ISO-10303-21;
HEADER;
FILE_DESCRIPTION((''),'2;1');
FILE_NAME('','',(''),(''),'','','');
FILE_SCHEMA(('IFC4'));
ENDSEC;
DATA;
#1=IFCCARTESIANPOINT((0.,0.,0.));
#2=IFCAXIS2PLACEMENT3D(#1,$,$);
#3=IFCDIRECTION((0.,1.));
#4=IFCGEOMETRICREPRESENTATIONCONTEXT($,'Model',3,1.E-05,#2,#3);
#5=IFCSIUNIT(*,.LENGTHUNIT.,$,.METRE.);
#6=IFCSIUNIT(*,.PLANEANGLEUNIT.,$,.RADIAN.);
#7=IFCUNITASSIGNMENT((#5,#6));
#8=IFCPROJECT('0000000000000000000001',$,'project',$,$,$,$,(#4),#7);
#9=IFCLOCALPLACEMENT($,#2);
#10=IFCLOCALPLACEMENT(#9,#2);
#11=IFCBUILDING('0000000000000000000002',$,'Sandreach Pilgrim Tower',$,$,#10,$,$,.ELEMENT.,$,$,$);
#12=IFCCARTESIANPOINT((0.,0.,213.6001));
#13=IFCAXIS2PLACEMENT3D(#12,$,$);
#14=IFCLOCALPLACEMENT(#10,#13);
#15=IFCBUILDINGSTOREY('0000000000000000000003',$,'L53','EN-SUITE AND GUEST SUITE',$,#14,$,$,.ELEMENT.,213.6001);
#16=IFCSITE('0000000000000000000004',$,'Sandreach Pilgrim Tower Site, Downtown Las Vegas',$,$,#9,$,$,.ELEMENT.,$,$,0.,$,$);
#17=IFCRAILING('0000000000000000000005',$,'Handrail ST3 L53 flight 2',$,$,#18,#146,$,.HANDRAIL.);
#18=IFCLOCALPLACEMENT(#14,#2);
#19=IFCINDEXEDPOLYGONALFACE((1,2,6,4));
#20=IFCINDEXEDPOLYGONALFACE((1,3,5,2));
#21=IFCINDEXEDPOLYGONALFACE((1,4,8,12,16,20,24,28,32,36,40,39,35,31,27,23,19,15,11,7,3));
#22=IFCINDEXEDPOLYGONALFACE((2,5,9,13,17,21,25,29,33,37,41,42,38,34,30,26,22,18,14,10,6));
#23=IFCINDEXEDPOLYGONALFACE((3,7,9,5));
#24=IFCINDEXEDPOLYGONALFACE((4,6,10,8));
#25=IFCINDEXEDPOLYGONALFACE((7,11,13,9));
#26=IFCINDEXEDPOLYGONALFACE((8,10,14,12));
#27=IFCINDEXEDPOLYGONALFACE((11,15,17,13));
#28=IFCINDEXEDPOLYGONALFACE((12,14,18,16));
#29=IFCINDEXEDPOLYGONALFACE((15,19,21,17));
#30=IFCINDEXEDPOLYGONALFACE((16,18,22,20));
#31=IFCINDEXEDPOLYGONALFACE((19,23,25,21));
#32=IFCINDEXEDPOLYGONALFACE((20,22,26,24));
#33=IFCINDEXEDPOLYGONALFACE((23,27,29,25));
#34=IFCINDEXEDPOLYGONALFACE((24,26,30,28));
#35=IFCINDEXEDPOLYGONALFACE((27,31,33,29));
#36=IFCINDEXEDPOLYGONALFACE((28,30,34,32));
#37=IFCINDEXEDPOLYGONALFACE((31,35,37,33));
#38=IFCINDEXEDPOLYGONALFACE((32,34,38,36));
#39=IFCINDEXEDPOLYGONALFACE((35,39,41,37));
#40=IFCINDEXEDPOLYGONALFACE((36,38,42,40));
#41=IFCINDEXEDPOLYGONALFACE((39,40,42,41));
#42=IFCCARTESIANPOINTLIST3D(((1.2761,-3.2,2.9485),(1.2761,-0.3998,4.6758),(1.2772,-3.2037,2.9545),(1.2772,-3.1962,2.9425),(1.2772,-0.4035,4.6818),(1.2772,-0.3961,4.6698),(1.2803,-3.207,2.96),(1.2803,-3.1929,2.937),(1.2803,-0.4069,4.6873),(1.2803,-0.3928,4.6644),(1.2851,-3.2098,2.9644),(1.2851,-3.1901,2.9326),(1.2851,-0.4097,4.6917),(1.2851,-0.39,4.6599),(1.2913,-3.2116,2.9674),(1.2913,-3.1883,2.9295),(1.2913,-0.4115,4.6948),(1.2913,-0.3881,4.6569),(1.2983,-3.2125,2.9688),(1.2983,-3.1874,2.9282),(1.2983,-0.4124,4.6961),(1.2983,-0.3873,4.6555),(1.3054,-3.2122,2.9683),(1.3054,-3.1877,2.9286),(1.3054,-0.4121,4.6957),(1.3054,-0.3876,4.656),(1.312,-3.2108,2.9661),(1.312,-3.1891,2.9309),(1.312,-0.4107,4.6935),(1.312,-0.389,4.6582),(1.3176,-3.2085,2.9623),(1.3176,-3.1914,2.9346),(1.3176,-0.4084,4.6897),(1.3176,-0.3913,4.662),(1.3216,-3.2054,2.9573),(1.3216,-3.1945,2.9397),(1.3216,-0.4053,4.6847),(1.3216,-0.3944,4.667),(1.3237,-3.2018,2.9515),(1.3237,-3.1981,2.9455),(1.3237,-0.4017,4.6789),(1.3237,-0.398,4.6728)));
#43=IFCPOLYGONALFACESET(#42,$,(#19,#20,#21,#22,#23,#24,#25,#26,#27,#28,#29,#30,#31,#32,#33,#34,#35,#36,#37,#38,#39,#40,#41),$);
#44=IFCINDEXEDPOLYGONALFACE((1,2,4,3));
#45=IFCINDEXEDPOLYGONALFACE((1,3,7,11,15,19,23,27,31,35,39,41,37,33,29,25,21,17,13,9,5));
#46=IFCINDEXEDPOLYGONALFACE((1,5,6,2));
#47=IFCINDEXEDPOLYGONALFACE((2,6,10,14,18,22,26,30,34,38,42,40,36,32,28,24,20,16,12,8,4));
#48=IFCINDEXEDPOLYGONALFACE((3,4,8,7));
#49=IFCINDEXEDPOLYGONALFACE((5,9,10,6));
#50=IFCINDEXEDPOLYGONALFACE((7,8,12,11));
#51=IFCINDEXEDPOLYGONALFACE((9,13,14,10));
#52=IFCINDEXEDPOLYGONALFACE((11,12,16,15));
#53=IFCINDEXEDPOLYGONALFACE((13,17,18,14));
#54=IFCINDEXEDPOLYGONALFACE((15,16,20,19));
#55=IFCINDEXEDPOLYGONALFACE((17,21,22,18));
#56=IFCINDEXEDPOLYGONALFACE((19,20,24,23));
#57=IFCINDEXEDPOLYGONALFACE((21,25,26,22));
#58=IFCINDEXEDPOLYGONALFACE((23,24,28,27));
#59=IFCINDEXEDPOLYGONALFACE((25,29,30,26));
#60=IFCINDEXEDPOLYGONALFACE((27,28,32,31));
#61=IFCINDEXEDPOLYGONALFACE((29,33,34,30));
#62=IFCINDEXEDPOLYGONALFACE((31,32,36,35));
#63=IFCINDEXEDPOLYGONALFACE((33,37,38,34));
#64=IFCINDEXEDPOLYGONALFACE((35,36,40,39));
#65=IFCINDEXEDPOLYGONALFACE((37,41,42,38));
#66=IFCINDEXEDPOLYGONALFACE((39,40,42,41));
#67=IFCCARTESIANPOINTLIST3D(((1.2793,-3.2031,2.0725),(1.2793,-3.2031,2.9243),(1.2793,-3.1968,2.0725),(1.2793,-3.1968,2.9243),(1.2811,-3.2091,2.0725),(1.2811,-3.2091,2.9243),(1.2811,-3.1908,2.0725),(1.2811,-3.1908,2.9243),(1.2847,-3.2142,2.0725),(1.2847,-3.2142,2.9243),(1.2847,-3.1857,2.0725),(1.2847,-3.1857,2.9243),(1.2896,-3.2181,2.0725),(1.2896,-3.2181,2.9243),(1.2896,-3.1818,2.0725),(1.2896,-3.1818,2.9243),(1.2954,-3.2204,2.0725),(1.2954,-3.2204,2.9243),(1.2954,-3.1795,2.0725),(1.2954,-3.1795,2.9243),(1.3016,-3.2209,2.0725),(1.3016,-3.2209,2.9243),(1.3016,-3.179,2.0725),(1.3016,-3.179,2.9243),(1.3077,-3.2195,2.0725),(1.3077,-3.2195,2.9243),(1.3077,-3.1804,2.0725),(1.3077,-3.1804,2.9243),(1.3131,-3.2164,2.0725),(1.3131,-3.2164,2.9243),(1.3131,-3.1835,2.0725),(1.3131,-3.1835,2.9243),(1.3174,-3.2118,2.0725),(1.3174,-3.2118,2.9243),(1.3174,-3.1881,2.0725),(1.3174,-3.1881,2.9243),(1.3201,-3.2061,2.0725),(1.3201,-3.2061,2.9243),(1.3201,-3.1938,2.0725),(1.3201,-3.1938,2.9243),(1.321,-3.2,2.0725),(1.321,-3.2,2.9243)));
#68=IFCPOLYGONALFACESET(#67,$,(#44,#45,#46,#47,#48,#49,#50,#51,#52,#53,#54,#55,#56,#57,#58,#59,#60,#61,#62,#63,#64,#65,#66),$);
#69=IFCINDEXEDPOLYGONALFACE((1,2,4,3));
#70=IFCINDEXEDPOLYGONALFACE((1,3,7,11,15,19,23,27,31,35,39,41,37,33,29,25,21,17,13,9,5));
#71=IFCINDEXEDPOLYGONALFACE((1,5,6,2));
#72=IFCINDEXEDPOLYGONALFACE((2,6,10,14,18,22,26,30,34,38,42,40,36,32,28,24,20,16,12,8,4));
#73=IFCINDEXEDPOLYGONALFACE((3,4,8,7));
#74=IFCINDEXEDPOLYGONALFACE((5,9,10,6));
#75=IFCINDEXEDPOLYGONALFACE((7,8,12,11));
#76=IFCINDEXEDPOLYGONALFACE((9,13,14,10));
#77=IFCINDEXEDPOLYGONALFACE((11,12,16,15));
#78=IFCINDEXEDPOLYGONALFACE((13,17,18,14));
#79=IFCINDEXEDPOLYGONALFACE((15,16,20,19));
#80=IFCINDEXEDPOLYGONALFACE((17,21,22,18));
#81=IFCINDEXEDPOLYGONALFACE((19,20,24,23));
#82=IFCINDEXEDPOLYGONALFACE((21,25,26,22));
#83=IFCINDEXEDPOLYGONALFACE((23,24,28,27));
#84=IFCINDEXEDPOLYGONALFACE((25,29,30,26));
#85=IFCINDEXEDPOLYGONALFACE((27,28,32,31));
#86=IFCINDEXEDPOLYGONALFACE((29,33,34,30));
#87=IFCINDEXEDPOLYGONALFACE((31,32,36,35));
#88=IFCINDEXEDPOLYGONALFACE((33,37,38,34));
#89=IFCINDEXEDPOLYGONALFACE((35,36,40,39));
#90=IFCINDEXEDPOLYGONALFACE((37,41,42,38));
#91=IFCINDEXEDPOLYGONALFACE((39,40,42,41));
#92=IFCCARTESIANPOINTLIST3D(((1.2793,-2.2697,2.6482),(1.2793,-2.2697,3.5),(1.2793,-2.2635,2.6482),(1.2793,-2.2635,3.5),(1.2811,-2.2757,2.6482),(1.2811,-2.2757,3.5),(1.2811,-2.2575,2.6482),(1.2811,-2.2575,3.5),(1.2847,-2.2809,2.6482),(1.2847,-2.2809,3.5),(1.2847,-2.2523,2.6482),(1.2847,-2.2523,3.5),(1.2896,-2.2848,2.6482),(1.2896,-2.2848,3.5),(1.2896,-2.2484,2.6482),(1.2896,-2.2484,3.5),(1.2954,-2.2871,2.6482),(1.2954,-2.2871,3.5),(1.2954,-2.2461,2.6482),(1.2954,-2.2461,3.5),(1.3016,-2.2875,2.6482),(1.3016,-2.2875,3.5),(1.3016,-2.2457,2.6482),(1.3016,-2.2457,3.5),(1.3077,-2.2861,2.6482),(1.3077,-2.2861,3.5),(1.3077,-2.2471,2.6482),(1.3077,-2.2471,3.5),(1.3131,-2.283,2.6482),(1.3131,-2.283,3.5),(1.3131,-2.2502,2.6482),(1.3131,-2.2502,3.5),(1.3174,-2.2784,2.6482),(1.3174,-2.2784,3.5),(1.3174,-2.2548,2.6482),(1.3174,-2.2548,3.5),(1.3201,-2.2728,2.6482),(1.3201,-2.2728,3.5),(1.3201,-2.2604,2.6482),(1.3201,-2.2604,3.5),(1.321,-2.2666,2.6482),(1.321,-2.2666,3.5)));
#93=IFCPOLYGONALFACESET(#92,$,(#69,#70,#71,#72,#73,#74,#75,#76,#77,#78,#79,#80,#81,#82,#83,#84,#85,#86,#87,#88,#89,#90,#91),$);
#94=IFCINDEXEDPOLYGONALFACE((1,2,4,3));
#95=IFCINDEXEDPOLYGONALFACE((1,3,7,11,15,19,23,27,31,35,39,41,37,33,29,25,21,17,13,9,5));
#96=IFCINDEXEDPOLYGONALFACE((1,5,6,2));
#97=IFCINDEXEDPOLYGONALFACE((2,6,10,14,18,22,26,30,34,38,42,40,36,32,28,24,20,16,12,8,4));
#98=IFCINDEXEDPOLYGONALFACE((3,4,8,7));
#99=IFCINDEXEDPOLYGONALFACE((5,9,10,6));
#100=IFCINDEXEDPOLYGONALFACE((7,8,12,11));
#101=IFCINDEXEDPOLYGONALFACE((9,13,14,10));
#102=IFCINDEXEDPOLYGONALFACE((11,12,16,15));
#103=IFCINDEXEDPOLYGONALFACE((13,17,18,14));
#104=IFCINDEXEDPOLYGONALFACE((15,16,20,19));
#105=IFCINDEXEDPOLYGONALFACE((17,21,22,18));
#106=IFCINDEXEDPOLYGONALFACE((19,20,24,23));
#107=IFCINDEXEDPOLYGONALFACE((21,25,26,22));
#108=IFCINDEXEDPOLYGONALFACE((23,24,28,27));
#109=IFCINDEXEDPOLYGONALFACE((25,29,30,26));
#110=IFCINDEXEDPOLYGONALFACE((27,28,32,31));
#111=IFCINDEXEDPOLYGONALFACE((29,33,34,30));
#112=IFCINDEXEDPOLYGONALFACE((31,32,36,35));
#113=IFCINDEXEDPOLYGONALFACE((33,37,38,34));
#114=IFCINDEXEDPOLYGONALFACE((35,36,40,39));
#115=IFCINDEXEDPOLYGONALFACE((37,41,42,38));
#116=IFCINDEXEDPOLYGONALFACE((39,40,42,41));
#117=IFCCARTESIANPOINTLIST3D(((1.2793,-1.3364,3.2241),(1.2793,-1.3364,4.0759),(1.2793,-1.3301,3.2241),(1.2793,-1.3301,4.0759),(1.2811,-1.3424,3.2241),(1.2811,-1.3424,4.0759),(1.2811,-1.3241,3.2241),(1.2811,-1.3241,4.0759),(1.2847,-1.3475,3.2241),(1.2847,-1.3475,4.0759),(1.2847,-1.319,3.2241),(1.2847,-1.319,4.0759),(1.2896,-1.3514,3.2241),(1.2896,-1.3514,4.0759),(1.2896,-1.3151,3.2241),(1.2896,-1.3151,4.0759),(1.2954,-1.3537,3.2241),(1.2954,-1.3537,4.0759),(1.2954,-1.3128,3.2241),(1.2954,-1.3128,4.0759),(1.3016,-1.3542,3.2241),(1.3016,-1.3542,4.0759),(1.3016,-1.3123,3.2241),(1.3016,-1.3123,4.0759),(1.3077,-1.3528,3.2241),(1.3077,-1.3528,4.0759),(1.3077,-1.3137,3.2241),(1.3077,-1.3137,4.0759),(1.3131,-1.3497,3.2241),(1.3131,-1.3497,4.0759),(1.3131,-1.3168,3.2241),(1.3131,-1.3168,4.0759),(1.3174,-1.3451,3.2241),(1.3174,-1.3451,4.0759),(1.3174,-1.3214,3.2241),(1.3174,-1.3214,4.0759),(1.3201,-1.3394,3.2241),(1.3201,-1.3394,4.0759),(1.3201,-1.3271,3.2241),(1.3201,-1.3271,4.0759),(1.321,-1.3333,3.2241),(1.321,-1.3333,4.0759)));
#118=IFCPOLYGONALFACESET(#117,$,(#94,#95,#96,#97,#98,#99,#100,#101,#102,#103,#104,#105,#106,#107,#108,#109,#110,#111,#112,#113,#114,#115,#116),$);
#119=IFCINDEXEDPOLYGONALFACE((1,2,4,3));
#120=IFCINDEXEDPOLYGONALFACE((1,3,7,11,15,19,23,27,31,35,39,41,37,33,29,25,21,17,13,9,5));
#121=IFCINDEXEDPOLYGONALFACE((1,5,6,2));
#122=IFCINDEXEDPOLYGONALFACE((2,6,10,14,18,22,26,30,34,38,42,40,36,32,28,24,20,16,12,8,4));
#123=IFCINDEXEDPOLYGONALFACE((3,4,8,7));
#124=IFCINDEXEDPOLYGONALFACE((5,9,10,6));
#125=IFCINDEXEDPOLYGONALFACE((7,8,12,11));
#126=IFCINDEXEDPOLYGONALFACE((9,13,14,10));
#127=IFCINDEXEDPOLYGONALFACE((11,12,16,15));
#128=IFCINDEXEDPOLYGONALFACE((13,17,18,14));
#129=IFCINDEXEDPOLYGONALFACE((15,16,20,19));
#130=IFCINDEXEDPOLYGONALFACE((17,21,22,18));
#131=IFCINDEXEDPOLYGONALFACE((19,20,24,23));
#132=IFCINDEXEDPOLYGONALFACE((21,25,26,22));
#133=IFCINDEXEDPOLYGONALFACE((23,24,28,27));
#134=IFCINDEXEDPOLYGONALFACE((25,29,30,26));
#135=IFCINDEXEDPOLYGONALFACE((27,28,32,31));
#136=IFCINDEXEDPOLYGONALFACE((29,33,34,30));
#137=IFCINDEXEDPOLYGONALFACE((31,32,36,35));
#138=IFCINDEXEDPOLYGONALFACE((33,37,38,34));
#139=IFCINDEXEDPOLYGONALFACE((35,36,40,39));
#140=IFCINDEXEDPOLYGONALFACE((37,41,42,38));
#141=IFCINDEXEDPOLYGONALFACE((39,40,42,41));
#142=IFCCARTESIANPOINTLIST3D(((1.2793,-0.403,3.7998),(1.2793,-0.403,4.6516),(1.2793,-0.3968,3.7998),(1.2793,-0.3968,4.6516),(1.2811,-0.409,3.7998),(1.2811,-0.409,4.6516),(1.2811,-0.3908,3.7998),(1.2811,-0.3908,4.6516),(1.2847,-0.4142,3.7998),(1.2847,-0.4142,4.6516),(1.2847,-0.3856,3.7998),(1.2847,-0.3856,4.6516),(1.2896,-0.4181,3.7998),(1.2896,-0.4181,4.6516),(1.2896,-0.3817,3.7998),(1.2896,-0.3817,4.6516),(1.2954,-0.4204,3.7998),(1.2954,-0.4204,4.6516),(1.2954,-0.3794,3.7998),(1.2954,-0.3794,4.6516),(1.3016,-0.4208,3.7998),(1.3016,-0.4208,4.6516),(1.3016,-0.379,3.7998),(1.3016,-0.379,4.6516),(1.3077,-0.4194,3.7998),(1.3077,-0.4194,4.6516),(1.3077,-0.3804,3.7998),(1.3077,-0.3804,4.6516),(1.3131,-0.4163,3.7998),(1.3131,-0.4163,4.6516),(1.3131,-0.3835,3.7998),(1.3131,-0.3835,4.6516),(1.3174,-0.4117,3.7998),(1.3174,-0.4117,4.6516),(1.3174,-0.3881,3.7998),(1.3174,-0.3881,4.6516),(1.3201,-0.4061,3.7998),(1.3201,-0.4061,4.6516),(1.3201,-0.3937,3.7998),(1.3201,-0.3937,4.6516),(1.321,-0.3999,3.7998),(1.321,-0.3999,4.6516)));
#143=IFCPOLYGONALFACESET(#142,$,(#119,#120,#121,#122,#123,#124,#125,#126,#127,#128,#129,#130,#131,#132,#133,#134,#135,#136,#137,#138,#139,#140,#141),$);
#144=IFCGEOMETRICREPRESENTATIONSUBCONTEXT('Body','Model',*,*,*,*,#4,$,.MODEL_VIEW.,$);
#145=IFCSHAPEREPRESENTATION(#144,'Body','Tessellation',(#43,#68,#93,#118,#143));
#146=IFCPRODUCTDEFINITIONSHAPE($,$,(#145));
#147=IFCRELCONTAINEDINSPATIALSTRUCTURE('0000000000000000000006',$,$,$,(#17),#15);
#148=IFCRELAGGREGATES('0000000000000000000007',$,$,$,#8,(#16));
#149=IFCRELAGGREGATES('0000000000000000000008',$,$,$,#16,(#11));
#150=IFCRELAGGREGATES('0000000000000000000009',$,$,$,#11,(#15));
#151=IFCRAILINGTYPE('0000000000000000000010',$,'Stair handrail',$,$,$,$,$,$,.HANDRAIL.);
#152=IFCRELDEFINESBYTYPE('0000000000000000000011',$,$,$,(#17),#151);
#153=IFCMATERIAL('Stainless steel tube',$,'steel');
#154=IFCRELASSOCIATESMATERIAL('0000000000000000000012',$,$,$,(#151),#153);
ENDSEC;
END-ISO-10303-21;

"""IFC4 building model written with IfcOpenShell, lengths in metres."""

from ifc_helpers import new_model, si_unit, direction, frame, origin, origin_2d, place, context, subcontext, project, spatial, circle, extrude, material, type_object, element, save


model = new_model("IFC4")

# Units and contexts
model_context = context("Model", 3, precision=1e-05, world=origin(), true_north=direction((0.0, 1.0)))
body_context = subcontext(model_context, "Body", "Model", "MODEL_VIEW")
ifc_project = project(units=[si_unit("LENGTHUNIT", "METRE"), si_unit("PLANEANGLEUNIT", "RADIAN")], contexts=[model_context])

# Site, building, storey
site_placement = place(None, origin())
site = spatial("IfcSite", under=ifc_project, at=site_placement, Name="Sandreach Pilgrim Tower Site, Downtown Las Vegas", CompositionType="ELEMENT", RefElevation=0.0)
building_placement = place(site_placement, origin())
building = spatial("IfcBuilding", under=site, at=building_placement, Name="Sandreach Pilgrim Tower", CompositionType="ELEMENT")
storey_placement = place(building_placement, frame((0.0, 0.0, 213.6001)))
storey = spatial("IfcBuildingStorey", under=building, at=storey_placement, Name="L53", Description="EN-SUITE AND GUEST SUITE", CompositionType="ELEMENT", Elevation=213.6001)

# Railing
ifc_material_1 = material(Name="Stainless steel tube", Category="steel")
railing_type = type_object("IfcRailingType", Name="Stair handrail", PredefinedType="HANDRAIL", material=ifc_material_1)
for number, where, name in (
    (1, (1.3, -3.2, 2.0725), "Handrail ST3 L53 flight 2"),
):
    element("IfcRailing", number, at=place(storey_placement, frame(where)), inside=storey, type_object=railing_type, Name=name, PredefinedType="HANDRAIL", context=body_context, shape_type="SweptSolid", body=[
        extrude(circle(Radius=0.0239, at=origin_2d()), frame((0.0, 0.0, 0.876), z_axis=(0.0, 0.85109, 0.52502), x_axis=(-1.0, 0.0, 0.0)), (0.0, 0.0, 1.0), 3.29),
        extrude(circle(Radius=0.021, at=origin_2d()), origin(), (0.0, 0.0, 1.0), 0.8518),
        extrude(circle(Radius=0.021, at=origin_2d()), frame((0.0, 0.9333, 0.5757)), (0.0, 0.0, 1.0), 0.8518),
        extrude(circle(Radius=0.021, at=origin_2d()), frame((0.0, 1.8667, 1.1516)), (0.0, 0.0, 1.0), 0.8518),
        extrude(circle(Radius=0.021, at=origin_2d()), frame((0.0, 2.8, 1.7273)), (0.0, 0.0, 1.0), 0.8518),
    ])

save(model, "model.ifc")
